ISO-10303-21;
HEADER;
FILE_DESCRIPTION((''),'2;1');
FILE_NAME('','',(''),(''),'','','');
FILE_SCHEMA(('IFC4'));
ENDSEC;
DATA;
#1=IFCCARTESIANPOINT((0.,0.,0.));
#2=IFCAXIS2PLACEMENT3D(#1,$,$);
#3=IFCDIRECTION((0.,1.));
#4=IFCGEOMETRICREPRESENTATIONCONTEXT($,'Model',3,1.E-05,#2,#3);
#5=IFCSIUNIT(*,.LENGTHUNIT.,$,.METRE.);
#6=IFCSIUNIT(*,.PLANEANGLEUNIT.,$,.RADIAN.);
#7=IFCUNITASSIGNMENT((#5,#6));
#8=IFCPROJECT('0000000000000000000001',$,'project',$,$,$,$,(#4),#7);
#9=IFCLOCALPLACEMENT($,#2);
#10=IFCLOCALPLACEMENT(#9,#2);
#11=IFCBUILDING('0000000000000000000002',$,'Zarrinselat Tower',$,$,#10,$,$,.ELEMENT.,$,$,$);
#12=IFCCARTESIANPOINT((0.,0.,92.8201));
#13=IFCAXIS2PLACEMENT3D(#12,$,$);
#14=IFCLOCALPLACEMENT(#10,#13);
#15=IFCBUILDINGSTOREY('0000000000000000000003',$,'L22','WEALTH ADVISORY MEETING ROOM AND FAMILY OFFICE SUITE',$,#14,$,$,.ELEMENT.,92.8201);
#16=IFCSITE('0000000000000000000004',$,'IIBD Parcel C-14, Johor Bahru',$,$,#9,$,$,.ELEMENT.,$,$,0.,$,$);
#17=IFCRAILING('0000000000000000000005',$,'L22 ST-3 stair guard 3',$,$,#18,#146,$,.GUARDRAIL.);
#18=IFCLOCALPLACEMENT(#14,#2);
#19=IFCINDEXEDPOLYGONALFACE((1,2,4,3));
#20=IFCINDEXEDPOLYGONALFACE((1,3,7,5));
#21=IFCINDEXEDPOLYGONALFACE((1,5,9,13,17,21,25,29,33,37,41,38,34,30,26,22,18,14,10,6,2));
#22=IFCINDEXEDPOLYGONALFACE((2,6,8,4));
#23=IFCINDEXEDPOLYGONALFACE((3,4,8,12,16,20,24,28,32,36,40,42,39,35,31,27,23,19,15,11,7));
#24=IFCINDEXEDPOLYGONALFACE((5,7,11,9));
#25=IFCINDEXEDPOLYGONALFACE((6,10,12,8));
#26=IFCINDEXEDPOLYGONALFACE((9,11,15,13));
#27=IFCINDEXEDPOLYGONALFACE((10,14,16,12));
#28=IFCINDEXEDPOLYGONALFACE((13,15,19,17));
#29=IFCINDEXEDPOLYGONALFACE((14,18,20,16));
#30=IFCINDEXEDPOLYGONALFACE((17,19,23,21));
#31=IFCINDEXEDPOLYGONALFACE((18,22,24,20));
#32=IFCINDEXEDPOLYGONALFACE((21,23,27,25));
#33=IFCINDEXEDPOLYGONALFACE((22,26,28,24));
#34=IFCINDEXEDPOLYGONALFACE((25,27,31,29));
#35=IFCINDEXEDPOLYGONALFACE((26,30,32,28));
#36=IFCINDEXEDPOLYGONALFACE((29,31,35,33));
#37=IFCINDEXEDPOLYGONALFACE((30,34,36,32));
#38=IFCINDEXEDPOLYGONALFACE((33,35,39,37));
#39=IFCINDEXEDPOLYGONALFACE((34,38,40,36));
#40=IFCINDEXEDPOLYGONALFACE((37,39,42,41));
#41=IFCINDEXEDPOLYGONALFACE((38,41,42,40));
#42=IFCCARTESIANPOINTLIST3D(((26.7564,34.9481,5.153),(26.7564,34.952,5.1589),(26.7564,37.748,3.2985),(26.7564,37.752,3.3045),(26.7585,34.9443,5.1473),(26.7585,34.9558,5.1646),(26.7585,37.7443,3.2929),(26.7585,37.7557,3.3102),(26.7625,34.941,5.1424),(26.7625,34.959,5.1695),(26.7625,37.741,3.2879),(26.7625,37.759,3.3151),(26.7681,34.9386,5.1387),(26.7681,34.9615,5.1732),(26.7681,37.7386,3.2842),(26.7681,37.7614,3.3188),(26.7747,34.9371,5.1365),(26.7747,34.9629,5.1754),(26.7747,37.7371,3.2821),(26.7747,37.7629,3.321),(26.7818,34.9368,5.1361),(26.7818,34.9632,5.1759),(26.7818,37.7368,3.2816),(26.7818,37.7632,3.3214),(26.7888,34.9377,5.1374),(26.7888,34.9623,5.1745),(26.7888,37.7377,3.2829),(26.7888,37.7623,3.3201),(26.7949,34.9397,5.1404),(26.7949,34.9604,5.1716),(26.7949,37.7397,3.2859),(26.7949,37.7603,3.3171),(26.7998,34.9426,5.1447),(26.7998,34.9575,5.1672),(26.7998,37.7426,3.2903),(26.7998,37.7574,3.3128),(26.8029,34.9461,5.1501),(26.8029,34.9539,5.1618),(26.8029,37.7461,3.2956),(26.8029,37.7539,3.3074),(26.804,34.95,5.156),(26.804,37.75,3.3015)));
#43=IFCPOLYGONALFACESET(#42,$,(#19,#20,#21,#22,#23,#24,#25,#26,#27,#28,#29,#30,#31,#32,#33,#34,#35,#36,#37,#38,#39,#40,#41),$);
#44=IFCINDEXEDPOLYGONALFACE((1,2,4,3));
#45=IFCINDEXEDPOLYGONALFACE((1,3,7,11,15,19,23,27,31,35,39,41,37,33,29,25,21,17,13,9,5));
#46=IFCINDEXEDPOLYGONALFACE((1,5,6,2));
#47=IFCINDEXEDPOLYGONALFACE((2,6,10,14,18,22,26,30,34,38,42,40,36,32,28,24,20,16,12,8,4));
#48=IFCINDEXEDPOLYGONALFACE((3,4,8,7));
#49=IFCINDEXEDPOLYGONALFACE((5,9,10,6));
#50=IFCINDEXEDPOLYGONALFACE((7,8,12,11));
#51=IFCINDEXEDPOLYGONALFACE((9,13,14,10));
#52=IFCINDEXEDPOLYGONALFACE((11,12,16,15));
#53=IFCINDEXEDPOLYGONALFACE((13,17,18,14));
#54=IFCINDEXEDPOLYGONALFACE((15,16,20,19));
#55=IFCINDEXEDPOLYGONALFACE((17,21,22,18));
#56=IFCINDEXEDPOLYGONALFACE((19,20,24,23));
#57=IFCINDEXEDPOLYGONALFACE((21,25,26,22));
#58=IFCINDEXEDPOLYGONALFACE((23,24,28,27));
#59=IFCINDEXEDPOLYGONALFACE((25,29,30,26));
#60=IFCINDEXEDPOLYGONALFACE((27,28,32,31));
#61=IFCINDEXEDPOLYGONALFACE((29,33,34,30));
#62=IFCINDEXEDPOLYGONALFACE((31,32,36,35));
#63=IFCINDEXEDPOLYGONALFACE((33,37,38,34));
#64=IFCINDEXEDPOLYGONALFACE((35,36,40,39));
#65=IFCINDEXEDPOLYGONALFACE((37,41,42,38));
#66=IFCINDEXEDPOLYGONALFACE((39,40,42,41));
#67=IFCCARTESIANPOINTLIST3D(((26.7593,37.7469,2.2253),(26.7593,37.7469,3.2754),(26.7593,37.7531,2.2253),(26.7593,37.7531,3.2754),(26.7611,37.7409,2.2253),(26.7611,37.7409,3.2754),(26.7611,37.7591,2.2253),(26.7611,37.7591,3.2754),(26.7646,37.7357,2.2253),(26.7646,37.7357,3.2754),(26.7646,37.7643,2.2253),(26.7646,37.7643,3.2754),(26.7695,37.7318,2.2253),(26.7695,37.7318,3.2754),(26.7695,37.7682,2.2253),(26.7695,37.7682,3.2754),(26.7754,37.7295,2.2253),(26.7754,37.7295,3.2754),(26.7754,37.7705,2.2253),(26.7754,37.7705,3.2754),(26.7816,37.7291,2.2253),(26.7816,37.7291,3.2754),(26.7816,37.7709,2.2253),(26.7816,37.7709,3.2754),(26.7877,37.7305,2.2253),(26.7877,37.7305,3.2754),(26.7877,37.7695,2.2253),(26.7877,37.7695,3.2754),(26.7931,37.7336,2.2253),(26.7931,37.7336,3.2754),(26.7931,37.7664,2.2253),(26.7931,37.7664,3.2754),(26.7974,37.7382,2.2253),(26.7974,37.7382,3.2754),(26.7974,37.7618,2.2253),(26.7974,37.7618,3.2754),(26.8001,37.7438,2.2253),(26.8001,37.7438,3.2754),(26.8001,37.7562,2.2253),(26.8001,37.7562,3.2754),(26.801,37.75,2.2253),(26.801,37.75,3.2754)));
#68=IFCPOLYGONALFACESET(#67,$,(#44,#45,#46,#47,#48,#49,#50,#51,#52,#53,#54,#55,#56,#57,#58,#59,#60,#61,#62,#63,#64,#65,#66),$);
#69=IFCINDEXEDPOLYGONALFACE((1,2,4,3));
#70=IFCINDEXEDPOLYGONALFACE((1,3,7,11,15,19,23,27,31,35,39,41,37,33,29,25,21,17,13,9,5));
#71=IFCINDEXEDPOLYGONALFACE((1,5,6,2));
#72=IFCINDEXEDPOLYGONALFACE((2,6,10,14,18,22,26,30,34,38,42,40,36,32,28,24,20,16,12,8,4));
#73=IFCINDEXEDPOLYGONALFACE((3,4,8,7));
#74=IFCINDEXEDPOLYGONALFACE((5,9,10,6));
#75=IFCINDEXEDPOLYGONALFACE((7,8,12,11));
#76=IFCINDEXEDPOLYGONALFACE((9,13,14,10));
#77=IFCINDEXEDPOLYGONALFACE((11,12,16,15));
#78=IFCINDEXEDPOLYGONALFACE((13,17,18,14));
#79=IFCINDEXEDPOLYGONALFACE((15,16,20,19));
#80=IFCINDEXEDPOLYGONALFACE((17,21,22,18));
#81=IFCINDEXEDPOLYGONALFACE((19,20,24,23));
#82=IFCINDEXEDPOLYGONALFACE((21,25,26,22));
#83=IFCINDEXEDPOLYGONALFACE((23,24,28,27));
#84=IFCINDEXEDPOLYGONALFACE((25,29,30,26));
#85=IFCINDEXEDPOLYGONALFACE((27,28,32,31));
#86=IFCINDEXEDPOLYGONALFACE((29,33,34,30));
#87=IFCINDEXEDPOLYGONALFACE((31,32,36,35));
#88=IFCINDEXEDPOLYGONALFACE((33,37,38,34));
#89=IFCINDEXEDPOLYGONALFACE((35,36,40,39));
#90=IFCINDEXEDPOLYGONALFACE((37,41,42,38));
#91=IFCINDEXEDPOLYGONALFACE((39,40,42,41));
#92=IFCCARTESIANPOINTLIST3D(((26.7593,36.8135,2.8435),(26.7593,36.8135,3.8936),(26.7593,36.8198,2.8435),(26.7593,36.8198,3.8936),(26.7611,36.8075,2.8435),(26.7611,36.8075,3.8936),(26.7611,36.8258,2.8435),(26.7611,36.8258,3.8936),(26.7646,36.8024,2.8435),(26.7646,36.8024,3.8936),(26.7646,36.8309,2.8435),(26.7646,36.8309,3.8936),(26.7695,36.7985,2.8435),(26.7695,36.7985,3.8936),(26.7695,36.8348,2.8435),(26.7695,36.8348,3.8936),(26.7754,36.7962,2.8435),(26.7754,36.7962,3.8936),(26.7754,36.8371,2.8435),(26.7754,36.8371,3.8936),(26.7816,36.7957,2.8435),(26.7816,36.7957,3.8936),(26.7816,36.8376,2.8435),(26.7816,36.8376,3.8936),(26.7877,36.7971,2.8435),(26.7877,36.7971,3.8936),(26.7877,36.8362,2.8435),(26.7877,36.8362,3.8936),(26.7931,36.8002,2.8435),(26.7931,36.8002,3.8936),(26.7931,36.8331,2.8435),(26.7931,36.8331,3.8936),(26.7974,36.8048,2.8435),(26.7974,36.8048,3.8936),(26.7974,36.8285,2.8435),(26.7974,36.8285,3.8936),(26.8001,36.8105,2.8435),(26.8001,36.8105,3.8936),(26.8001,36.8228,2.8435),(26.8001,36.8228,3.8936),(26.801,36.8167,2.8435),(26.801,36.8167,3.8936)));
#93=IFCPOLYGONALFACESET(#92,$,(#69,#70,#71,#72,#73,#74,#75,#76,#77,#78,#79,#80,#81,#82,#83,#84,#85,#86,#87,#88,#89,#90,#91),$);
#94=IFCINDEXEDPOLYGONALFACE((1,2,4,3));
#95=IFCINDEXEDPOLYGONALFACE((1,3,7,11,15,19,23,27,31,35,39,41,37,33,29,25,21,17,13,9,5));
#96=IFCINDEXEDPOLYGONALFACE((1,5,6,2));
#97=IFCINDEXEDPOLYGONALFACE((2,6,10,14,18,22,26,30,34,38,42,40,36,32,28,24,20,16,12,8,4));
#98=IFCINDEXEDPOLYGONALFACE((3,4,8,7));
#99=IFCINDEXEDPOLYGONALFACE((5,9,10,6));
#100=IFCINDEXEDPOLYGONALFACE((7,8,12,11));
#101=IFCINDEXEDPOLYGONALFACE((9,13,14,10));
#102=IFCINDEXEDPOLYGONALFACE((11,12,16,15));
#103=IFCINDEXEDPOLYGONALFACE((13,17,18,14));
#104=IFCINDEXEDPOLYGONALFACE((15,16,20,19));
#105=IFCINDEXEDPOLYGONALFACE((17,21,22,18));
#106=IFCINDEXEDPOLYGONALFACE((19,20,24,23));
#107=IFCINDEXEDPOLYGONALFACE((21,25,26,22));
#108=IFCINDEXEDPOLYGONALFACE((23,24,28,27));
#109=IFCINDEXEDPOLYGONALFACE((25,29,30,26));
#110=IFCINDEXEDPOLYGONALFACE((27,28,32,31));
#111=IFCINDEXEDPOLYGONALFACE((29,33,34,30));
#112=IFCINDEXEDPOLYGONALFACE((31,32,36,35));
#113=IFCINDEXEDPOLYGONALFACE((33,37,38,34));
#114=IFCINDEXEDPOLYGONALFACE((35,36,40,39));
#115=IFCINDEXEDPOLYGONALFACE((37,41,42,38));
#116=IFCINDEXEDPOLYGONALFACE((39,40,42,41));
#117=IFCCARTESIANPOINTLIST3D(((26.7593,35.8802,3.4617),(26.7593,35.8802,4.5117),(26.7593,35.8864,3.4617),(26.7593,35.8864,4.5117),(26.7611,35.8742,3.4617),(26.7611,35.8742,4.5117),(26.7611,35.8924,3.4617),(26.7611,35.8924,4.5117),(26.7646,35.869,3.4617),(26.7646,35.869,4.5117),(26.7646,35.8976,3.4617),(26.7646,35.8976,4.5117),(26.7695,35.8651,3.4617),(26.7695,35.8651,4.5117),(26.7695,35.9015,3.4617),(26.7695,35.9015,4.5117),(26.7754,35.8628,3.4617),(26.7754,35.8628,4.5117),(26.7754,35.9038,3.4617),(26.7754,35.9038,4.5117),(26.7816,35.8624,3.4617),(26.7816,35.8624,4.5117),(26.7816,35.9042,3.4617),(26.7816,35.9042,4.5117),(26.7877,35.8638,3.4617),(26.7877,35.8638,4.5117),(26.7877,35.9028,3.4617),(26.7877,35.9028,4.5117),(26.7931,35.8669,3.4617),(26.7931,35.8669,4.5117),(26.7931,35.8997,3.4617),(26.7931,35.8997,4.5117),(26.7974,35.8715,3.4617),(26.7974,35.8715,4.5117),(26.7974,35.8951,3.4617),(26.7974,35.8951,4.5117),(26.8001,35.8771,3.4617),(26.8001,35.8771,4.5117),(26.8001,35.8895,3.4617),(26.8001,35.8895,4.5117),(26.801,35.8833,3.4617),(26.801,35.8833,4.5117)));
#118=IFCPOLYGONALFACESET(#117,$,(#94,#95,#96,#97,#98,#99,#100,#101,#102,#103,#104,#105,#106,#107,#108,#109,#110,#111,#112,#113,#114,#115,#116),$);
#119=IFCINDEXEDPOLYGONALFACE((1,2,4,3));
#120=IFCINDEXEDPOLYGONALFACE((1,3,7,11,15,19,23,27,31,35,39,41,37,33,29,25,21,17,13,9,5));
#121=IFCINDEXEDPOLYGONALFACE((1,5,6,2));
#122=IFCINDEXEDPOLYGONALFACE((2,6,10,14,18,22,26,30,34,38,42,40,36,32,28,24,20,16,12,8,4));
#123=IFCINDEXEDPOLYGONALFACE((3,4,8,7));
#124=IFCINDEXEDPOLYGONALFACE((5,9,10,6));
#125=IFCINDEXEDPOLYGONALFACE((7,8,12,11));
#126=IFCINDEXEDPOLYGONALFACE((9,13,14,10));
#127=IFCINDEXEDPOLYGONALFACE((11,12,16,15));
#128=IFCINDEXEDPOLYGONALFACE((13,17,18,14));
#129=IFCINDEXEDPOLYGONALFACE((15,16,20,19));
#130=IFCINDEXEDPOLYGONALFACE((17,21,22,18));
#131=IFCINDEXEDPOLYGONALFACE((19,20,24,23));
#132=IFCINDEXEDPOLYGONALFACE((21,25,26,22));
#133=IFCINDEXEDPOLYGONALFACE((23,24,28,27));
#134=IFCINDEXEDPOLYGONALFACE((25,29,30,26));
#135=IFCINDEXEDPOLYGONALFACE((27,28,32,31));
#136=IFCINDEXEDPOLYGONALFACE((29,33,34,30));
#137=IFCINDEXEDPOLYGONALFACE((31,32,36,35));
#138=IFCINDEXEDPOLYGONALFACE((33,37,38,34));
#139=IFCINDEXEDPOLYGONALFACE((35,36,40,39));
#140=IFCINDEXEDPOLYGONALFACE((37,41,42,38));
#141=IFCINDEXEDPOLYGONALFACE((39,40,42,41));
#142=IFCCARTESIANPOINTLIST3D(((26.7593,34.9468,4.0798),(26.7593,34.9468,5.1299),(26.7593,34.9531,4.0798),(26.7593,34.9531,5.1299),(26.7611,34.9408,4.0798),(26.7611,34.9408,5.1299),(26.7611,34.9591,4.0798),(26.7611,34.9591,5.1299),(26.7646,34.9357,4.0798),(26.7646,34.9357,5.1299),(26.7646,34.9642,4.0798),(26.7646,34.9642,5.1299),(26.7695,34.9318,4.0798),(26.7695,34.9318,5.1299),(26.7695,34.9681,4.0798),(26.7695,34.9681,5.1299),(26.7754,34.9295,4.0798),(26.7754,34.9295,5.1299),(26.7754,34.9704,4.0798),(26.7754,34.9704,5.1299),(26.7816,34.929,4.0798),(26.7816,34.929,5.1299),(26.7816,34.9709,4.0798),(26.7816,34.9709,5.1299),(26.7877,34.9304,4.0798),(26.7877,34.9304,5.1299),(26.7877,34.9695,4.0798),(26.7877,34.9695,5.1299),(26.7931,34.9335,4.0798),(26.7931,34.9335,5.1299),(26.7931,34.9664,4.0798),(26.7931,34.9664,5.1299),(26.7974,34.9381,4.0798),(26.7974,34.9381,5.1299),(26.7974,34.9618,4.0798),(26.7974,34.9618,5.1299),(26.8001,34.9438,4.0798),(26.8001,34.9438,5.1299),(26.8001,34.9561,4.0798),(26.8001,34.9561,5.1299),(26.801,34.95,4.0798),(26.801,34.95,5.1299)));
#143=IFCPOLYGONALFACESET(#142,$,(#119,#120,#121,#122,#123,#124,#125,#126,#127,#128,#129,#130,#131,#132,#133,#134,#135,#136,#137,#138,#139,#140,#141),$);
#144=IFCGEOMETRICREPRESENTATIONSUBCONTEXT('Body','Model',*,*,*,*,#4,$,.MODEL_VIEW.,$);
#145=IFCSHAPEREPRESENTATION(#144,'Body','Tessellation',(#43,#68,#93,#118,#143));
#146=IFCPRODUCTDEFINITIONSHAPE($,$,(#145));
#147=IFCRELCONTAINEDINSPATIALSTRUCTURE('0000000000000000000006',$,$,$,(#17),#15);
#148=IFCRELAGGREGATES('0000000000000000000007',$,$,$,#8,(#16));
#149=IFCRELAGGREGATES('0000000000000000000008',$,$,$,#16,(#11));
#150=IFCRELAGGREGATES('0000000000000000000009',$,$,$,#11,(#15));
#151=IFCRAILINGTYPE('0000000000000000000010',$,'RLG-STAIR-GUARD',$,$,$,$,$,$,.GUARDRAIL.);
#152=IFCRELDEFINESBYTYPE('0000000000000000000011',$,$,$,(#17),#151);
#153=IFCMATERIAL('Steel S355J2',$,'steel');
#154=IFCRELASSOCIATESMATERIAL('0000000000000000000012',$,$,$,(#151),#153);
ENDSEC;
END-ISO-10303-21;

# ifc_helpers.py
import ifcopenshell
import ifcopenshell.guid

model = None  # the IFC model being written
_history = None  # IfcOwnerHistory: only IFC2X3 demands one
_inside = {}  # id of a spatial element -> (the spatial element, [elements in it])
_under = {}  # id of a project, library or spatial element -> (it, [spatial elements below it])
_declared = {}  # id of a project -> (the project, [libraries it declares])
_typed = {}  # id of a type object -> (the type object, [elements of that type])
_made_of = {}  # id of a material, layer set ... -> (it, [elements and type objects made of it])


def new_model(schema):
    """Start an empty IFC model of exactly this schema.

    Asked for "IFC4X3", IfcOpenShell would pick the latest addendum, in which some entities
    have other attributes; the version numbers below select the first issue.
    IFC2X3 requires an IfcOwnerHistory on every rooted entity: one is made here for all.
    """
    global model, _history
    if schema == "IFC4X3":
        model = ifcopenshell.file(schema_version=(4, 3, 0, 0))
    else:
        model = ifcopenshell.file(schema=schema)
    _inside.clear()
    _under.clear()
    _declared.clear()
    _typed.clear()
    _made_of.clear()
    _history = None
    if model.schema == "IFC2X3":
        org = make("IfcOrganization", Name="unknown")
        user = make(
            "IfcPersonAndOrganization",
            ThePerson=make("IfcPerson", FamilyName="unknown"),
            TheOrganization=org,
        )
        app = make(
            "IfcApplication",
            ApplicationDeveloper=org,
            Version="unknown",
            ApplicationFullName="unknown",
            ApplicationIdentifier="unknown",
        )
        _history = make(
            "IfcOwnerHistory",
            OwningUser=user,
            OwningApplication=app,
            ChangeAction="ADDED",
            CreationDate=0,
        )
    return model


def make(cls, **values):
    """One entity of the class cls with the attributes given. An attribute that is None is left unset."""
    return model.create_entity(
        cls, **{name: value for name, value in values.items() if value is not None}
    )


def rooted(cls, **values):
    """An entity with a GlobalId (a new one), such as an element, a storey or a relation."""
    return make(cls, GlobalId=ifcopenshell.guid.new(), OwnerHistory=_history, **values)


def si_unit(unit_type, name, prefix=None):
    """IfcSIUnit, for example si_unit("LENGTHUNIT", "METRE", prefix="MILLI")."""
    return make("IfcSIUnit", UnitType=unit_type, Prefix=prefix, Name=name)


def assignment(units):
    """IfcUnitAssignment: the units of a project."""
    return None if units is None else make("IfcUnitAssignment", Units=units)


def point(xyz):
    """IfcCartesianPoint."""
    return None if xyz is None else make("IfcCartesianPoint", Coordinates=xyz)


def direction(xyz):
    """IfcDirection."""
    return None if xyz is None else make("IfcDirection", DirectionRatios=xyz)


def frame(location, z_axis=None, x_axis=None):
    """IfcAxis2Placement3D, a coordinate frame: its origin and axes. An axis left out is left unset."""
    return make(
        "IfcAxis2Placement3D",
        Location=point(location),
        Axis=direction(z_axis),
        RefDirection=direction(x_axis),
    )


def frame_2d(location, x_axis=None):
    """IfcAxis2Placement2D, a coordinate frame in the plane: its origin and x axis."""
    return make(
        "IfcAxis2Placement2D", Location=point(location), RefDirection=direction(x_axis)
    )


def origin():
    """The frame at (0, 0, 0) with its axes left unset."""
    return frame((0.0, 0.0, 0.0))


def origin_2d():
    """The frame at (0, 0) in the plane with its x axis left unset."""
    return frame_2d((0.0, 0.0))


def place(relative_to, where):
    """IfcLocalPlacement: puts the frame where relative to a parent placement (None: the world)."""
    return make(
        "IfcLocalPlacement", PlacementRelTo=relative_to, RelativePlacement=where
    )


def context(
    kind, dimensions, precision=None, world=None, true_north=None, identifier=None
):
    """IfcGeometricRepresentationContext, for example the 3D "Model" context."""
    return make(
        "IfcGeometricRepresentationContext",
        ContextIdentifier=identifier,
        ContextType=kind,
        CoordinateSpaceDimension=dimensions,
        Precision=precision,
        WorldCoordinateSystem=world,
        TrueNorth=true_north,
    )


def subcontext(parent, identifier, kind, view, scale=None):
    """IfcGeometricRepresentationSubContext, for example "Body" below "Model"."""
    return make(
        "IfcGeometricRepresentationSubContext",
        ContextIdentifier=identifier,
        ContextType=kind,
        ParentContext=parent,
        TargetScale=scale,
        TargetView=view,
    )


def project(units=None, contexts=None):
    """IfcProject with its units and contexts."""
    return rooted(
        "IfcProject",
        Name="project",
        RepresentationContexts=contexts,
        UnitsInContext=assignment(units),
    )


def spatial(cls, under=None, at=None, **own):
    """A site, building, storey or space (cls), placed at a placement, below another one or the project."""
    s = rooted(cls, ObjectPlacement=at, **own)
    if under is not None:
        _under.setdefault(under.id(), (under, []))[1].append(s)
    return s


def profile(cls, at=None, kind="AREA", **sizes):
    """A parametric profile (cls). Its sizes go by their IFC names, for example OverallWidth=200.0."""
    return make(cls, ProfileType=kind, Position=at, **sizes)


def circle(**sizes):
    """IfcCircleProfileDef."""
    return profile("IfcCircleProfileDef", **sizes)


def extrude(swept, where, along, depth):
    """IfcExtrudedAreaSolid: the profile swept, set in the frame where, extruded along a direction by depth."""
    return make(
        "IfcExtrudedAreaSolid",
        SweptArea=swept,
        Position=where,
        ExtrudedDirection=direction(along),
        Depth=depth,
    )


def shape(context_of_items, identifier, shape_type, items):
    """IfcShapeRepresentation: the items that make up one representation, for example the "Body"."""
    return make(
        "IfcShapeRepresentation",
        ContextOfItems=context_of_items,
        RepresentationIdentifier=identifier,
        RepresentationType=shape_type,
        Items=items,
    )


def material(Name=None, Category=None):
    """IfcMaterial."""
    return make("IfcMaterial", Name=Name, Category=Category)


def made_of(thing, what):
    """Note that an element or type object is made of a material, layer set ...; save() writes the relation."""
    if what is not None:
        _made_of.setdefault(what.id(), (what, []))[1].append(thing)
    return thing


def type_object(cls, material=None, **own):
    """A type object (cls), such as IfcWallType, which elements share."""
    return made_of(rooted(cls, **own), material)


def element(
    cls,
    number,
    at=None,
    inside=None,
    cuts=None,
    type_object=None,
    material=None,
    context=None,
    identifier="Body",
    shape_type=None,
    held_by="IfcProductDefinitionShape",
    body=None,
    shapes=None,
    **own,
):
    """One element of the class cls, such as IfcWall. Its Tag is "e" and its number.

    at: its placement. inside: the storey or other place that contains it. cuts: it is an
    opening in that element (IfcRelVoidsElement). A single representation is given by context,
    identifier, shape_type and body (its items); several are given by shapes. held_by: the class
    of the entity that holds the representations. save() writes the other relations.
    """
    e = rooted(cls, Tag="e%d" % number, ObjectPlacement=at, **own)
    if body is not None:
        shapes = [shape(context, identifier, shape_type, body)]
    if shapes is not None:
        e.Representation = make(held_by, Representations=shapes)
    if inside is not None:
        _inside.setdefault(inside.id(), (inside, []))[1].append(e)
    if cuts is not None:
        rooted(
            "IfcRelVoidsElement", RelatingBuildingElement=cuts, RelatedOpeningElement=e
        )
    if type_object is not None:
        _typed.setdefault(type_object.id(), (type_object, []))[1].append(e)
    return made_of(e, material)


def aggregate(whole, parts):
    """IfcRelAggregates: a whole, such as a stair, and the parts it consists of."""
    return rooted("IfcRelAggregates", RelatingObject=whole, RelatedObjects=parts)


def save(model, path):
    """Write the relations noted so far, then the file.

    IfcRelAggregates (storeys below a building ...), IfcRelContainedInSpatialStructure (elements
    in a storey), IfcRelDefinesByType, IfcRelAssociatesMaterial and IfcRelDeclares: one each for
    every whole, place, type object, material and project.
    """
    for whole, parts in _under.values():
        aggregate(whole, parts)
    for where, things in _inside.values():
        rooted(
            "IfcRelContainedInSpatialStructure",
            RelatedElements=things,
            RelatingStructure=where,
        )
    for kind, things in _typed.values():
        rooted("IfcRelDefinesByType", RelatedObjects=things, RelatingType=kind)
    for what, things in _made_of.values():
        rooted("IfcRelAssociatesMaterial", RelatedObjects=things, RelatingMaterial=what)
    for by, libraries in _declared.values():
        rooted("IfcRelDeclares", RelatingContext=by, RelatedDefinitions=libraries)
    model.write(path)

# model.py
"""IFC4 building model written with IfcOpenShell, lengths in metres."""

from ifc_helpers import new_model, si_unit, direction, frame, origin, origin_2d, place, context, subcontext, project, spatial, circle, extrude, material, type_object, element, save


model = new_model("IFC4")

# Units and contexts
model_context = context("Model", 3, precision=1e-05, world=origin(), true_north=direction((0.0, 1.0)))
body_context = subcontext(model_context, "Body", "Model", "MODEL_VIEW")
ifc_project = project(units=[si_unit("LENGTHUNIT", "METRE"), si_unit("PLANEANGLEUNIT", "RADIAN")], contexts=[model_context])

# Site, building, storey
site_placement = place(None, origin())
site = spatial("IfcSite", under=ifc_project, at=site_placement, Name="IIBD Parcel C-14, Johor Bahru", CompositionType="ELEMENT", RefElevation=0.0)
building_placement = place(site_placement, origin())
building = spatial("IfcBuilding", under=site, at=building_placement, Name="Zarrinselat Tower", CompositionType="ELEMENT")
storey_placement = place(building_placement, frame((0.0, 0.0, 92.8201)))
storey = spatial("IfcBuildingStorey", under=building, at=storey_placement, Name="L22", Description="WEALTH ADVISORY MEETING ROOM AND FAMILY OFFICE SUITE", CompositionType="ELEMENT", Elevation=92.8201)

# Railing
ifc_material_1 = material(Name="Steel S355J2", Category="steel")
railing_type_1 = type_object("IfcRailingType", Name="RLG-STAIR-GUARD", PredefinedType="GUARDRAIL", material=ifc_material_1)
railing_1_placement = place(storey_placement, frame((26.78, 37.75, 2.2253)))
element("IfcRailing", 1, at=railing_1_placement, inside=storey, type_object=railing_type_1, Name="L22 ST-3 stair guard 3", PredefinedType="GUARDRAIL", context=body_context, shape_type="SweptSolid", body=[
    extrude(circle(Radius=0.0239, at=origin_2d()), frame((0.0, 0.0, 1.0762), z_axis=(0.0, -0.833724, 0.552181), x_axis=(1.0, 0.0, 0.0)), (0.0, 0.0, 1.0), 3.3584),
    extrude(circle(Radius=0.021, at=origin_2d()), origin(), (0.0, 0.0, 1.0), 1.05),
    extrude(circle(Radius=0.021, at=origin_2d()), frame((0.0, -0.9333, 0.6182)), (0.0, 0.0, 1.0), 1.05),
    extrude(circle(Radius=0.021, at=origin_2d()), frame((0.0, -1.8667, 1.2363)), (0.0, 0.0, 1.0), 1.05),
    extrude(circle(Radius=0.021, at=origin_2d()), frame((0.0, -2.8, 1.8545)), (0.0, 0.0, 1.0), 1.05),
])

save(model, "model.ifc")
